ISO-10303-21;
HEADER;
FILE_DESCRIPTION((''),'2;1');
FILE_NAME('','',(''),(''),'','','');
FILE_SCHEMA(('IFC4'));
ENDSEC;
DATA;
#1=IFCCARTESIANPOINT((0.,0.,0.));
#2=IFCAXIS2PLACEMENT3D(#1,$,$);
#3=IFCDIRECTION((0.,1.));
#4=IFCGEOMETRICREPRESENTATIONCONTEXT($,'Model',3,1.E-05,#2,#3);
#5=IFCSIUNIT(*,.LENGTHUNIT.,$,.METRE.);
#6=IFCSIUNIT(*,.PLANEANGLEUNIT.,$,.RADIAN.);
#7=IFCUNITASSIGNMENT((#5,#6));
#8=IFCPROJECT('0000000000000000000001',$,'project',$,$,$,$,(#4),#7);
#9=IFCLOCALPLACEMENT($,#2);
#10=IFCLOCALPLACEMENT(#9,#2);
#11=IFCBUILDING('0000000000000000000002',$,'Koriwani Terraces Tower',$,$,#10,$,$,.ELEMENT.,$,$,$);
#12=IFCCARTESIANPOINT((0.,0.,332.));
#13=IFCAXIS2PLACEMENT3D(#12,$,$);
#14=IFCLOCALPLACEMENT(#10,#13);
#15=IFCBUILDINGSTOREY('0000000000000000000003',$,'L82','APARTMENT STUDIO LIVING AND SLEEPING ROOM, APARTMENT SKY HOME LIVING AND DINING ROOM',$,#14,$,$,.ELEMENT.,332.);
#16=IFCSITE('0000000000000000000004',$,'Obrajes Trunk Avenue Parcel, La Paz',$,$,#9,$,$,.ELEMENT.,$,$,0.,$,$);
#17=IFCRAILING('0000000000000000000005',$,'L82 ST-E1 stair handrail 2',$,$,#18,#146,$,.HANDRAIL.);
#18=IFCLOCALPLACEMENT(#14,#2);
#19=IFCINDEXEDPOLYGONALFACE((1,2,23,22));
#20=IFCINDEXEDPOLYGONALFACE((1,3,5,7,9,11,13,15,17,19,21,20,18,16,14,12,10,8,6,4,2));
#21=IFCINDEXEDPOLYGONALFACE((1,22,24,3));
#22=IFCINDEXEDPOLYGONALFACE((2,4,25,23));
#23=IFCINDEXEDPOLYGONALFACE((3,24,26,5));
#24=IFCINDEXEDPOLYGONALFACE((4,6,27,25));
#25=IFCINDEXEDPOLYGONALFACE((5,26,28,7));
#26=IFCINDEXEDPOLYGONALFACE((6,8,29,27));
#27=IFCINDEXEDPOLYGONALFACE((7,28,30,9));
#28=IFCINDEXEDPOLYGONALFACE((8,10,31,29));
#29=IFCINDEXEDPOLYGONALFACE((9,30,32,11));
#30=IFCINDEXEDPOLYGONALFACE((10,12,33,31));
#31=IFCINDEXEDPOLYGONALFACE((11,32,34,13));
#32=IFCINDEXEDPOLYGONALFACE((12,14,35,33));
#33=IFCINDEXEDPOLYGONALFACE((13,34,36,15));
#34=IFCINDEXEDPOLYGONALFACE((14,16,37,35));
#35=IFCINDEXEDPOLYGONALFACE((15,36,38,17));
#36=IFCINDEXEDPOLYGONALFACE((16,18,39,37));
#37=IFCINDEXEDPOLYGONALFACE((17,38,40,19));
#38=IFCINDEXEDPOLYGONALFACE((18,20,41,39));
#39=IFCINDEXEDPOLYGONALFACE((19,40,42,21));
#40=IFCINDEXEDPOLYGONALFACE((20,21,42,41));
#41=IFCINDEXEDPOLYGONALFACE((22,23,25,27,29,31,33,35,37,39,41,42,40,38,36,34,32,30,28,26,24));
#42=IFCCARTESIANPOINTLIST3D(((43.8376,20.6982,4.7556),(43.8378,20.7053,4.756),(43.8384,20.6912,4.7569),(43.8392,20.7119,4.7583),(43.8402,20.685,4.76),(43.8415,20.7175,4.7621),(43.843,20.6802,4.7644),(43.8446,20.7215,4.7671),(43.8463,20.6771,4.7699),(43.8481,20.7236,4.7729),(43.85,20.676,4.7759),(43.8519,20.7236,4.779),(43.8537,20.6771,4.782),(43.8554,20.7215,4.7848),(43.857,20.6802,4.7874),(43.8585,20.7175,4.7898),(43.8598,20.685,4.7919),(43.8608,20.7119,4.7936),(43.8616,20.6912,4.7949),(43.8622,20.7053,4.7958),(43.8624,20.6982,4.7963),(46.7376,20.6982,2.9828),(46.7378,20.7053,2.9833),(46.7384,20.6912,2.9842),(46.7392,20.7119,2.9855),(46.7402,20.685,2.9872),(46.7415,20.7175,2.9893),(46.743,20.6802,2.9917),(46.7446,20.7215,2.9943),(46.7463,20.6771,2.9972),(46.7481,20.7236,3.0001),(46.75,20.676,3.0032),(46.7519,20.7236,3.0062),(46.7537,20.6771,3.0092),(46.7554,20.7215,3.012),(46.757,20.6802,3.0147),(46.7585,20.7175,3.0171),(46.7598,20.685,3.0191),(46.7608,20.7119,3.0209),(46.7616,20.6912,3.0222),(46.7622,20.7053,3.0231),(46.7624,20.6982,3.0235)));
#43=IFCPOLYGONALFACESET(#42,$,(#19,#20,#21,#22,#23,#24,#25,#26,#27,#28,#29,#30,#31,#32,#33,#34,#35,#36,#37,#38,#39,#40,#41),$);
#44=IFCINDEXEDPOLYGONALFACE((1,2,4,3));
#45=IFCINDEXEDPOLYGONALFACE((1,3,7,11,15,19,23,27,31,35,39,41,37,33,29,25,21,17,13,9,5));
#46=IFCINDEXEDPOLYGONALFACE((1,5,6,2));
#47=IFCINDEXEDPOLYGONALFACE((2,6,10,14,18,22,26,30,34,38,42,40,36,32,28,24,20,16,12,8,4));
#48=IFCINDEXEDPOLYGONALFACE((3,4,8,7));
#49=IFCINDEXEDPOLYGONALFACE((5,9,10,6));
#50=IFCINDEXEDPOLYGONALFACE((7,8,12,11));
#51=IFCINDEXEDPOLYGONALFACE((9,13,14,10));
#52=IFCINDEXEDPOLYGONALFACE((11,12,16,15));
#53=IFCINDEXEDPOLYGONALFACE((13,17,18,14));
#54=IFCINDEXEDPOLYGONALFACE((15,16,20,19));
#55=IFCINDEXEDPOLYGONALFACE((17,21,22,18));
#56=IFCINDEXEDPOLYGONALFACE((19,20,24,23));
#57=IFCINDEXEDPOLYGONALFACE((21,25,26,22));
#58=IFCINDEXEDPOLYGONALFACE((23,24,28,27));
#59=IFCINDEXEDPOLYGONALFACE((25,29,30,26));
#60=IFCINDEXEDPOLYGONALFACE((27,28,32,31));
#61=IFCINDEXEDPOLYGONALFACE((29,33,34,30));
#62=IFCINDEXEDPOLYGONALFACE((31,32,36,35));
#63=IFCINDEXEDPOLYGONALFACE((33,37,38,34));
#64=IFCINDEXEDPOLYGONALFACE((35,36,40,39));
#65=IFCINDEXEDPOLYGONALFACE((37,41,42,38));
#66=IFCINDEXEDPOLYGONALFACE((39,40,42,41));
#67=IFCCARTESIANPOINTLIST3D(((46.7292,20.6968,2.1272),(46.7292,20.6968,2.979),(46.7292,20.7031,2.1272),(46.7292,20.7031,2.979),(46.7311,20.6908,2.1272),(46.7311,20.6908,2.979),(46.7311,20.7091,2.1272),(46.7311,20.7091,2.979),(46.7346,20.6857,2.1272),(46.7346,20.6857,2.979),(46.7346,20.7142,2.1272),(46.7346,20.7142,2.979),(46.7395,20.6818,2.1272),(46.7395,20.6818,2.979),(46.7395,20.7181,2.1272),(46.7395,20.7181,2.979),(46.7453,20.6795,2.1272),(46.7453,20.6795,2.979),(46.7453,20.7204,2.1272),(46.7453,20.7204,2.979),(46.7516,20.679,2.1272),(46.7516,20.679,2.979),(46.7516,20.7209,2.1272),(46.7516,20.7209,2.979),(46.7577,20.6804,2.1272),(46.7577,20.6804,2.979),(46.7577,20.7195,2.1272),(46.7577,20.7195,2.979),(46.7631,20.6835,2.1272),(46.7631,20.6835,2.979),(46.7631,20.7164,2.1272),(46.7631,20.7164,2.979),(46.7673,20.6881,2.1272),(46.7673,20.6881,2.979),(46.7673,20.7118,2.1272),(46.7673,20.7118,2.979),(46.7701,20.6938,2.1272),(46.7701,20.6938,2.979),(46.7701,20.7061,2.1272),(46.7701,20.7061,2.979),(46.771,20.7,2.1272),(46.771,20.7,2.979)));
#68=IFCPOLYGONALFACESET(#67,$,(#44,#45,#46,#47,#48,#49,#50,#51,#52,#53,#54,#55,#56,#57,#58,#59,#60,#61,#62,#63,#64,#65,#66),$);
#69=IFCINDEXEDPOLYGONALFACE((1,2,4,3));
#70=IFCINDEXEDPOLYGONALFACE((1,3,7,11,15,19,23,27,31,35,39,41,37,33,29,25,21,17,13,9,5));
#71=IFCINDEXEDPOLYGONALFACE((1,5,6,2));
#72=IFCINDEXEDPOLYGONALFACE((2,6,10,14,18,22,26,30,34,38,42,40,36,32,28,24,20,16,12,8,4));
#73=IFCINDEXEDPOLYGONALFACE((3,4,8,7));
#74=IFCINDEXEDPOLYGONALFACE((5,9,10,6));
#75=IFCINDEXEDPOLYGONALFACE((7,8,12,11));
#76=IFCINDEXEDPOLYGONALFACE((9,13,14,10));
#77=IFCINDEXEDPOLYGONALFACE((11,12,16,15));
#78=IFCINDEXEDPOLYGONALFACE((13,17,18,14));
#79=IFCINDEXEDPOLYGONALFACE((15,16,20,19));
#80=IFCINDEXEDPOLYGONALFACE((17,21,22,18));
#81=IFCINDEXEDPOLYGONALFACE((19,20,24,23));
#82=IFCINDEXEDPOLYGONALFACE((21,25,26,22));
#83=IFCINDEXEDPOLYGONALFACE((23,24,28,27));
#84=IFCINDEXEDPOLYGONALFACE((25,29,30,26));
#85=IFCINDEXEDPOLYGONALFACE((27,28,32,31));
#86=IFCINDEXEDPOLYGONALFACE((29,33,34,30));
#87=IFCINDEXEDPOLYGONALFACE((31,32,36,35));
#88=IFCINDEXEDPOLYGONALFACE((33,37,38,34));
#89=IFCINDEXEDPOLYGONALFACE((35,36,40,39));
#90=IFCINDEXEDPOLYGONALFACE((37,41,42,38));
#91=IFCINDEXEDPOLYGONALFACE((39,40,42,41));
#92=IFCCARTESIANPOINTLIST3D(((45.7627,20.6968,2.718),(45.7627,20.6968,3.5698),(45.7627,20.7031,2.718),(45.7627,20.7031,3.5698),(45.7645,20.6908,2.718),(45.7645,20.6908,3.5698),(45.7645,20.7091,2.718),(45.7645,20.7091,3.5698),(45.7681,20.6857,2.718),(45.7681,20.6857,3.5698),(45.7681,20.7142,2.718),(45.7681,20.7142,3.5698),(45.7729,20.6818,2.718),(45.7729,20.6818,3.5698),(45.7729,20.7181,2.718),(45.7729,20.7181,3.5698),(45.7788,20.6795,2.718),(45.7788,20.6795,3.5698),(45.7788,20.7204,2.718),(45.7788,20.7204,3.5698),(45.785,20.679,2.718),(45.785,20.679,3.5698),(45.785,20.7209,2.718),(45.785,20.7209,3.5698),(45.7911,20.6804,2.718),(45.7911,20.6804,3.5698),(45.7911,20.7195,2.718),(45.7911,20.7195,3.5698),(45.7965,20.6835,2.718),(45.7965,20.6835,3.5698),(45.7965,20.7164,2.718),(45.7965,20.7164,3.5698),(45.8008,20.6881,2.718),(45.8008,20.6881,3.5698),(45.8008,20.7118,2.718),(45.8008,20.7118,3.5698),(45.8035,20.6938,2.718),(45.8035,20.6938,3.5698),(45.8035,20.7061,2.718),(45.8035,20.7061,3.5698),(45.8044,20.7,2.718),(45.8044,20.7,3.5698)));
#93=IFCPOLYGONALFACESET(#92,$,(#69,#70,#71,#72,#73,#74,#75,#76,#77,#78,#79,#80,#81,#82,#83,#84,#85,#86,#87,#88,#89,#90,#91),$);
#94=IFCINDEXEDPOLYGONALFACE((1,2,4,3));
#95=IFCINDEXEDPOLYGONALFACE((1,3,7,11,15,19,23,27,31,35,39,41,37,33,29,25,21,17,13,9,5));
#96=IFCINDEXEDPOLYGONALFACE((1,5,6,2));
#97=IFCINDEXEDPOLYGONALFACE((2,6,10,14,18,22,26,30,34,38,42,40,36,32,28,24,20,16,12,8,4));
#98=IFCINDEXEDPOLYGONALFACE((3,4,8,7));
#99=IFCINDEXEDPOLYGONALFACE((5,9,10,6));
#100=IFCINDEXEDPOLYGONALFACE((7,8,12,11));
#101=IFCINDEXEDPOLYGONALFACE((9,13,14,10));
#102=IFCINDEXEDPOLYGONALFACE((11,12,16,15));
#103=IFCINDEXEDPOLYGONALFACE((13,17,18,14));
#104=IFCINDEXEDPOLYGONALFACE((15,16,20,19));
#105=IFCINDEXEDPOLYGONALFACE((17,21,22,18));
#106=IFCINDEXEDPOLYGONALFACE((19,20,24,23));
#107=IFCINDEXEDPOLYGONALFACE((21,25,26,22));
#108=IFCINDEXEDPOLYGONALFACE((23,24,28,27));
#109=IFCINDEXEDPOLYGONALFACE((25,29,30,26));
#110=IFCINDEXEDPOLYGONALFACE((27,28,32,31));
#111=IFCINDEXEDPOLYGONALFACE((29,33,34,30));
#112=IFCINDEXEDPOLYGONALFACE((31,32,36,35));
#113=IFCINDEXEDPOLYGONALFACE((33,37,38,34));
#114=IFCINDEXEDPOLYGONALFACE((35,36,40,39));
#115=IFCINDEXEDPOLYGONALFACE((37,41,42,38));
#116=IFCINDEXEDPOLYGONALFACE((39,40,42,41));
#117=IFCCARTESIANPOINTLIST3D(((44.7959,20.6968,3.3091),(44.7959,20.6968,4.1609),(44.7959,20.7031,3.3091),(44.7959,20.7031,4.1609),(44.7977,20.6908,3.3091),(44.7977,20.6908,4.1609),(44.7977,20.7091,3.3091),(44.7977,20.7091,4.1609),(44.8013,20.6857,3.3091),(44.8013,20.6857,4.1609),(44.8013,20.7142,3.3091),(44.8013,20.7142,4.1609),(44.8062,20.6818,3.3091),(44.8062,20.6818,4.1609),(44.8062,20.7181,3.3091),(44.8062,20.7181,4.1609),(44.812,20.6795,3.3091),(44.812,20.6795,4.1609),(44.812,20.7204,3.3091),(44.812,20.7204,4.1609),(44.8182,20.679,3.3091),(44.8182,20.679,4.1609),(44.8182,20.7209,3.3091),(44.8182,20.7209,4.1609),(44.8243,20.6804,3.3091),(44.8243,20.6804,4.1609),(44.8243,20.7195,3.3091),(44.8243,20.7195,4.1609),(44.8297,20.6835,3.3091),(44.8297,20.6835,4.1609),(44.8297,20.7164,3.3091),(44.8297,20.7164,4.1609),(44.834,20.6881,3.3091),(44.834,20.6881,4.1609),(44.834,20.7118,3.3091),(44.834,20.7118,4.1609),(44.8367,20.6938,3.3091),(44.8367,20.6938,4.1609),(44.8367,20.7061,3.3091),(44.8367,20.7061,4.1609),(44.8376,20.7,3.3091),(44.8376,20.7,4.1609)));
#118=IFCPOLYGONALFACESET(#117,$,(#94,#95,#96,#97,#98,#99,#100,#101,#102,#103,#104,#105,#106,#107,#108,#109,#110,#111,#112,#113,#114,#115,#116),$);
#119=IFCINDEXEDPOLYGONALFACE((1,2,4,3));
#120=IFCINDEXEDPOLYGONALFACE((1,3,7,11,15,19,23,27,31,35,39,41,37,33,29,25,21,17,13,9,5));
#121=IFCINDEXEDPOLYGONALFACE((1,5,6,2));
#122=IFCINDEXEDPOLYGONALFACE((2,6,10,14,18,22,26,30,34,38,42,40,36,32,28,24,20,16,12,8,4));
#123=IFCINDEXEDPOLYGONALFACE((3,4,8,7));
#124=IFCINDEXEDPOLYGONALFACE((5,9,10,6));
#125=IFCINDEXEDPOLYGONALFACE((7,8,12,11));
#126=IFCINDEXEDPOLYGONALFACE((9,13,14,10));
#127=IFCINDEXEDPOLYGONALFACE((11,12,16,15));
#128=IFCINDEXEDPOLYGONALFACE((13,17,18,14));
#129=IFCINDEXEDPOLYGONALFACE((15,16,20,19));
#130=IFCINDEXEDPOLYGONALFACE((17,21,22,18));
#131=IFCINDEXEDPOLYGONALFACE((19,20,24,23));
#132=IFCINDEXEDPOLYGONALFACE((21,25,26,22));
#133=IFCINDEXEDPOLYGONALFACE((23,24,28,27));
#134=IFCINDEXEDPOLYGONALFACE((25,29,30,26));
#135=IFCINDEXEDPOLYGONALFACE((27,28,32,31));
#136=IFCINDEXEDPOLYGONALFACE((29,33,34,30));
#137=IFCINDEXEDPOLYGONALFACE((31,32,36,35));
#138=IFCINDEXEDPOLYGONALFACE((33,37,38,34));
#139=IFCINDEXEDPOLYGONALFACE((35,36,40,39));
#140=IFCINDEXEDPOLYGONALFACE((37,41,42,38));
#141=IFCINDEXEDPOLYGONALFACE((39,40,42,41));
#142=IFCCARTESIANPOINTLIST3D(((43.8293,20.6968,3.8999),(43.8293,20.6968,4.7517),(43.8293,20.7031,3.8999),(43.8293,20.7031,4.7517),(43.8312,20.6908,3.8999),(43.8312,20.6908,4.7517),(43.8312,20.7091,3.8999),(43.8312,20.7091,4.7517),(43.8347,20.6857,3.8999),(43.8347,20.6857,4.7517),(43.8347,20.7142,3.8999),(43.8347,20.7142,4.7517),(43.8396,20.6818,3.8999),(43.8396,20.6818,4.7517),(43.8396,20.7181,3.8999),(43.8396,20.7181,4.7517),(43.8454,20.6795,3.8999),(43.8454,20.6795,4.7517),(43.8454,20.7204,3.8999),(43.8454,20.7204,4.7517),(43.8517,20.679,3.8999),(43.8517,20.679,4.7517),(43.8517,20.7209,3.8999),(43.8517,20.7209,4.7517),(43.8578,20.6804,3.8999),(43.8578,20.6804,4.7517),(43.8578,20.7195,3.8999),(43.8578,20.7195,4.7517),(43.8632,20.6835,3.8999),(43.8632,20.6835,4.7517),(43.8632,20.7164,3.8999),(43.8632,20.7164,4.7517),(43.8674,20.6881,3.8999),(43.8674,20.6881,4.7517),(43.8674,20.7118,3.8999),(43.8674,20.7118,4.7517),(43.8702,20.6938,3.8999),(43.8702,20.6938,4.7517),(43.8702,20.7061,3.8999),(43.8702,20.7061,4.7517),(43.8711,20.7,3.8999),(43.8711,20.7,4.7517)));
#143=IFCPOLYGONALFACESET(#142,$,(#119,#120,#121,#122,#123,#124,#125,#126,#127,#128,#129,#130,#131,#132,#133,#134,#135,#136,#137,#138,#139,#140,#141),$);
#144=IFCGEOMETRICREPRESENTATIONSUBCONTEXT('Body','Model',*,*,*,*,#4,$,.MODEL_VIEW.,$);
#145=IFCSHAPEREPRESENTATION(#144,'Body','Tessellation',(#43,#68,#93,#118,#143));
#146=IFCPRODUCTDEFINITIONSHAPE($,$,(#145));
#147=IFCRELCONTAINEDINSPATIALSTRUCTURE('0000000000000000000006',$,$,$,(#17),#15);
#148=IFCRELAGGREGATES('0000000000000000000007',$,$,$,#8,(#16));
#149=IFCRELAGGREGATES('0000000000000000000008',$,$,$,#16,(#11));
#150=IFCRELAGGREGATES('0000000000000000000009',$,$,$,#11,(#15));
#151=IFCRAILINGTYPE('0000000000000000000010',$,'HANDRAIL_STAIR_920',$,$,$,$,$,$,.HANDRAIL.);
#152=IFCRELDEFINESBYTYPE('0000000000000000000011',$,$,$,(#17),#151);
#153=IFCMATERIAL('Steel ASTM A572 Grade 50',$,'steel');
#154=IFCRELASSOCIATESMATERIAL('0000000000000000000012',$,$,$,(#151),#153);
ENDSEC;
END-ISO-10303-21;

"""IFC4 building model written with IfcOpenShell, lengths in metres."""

from ifc_helpers import new_model, si_unit, direction, frame, origin, origin_2d, place, context, subcontext, project, spatial, circle, extrude, material, type_object, element, save


model = new_model("IFC4")

# Units and contexts
model_context = context("Model", 3, precision=1e-05, world=origin(), true_north=direction((0.0, 1.0)))
body_context = subcontext(model_context, "Body", "Model", "MODEL_VIEW")
ifc_project = project(units=[si_unit("LENGTHUNIT", "METRE"), si_unit("PLANEANGLEUNIT", "RADIAN")], contexts=[model_context])

# Site, building, storey
site_placement = place(None, origin())
site = spatial("IfcSite", under=ifc_project, at=site_placement, Name="Obrajes Trunk Avenue Parcel, La Paz", CompositionType="ELEMENT", RefElevation=0.0)
building_placement = place(site_placement, origin())
building = spatial("IfcBuilding", under=site, at=building_placement, Name="Koriwani Terraces Tower", CompositionType="ELEMENT")
storey_placement = place(building_placement, frame((0.0, 0.0, 332.0)))
storey = spatial("IfcBuildingStorey", under=building, at=storey_placement, Name="L82", Description="APARTMENT STUDIO LIVING AND SLEEPING ROOM, APARTMENT SKY HOME LIVING AND DINING ROOM", CompositionType="ELEMENT", Elevation=332.0)

# Shared definitions
ifc_material_1 = material(Name="Steel ASTM A572 Grade 50", Category="steel")

# Railing
railing_type_1 = type_object("IfcRailingType", Name="HANDRAIL_STAIR_920", PredefinedType="HANDRAIL", material=ifc_material_1)
for number, where, name in (
    (1, (46.75, 20.7, 2.1272), "L82 ST-E1 stair handrail 2"),
):
    element("IfcRailing", number, at=place(storey_placement, frame(where)), inside=storey, type_object=railing_type_1, Name=name, PredefinedType="HANDRAIL", context=body_context, shape_type="SweptSolid", body=[
        extrude(circle(Radius=0.0239, at=origin_2d()), frame((0.0, 0.0, 0.876), z_axis=(-0.853211, 0.0, 0.521566), x_axis=(0.0, -1.0, 0.0)), (0.0, 0.0, 1.0), 3.3989),
        extrude(circle(Radius=0.021, at=origin_2d()), origin(), (0.0, 0.0, 1.0), 0.8518),
        extrude(circle(Radius=0.021, at=origin_2d()), frame((-0.9666, 0.0, 0.5908)), (0.0, 0.0, 1.0), 0.8518),
        extrude(circle(Radius=0.021, at=origin_2d()), frame((-1.9333, 0.0, 1.1819)), (0.0, 0.0, 1.0), 0.8518),
        extrude(circle(Radius=0.021, at=origin_2d()), frame((-2.8999, 0.0, 1.7727)), (0.0, 0.0, 1.0), 0.8518),
    ])

save(model, "model.ifc")
